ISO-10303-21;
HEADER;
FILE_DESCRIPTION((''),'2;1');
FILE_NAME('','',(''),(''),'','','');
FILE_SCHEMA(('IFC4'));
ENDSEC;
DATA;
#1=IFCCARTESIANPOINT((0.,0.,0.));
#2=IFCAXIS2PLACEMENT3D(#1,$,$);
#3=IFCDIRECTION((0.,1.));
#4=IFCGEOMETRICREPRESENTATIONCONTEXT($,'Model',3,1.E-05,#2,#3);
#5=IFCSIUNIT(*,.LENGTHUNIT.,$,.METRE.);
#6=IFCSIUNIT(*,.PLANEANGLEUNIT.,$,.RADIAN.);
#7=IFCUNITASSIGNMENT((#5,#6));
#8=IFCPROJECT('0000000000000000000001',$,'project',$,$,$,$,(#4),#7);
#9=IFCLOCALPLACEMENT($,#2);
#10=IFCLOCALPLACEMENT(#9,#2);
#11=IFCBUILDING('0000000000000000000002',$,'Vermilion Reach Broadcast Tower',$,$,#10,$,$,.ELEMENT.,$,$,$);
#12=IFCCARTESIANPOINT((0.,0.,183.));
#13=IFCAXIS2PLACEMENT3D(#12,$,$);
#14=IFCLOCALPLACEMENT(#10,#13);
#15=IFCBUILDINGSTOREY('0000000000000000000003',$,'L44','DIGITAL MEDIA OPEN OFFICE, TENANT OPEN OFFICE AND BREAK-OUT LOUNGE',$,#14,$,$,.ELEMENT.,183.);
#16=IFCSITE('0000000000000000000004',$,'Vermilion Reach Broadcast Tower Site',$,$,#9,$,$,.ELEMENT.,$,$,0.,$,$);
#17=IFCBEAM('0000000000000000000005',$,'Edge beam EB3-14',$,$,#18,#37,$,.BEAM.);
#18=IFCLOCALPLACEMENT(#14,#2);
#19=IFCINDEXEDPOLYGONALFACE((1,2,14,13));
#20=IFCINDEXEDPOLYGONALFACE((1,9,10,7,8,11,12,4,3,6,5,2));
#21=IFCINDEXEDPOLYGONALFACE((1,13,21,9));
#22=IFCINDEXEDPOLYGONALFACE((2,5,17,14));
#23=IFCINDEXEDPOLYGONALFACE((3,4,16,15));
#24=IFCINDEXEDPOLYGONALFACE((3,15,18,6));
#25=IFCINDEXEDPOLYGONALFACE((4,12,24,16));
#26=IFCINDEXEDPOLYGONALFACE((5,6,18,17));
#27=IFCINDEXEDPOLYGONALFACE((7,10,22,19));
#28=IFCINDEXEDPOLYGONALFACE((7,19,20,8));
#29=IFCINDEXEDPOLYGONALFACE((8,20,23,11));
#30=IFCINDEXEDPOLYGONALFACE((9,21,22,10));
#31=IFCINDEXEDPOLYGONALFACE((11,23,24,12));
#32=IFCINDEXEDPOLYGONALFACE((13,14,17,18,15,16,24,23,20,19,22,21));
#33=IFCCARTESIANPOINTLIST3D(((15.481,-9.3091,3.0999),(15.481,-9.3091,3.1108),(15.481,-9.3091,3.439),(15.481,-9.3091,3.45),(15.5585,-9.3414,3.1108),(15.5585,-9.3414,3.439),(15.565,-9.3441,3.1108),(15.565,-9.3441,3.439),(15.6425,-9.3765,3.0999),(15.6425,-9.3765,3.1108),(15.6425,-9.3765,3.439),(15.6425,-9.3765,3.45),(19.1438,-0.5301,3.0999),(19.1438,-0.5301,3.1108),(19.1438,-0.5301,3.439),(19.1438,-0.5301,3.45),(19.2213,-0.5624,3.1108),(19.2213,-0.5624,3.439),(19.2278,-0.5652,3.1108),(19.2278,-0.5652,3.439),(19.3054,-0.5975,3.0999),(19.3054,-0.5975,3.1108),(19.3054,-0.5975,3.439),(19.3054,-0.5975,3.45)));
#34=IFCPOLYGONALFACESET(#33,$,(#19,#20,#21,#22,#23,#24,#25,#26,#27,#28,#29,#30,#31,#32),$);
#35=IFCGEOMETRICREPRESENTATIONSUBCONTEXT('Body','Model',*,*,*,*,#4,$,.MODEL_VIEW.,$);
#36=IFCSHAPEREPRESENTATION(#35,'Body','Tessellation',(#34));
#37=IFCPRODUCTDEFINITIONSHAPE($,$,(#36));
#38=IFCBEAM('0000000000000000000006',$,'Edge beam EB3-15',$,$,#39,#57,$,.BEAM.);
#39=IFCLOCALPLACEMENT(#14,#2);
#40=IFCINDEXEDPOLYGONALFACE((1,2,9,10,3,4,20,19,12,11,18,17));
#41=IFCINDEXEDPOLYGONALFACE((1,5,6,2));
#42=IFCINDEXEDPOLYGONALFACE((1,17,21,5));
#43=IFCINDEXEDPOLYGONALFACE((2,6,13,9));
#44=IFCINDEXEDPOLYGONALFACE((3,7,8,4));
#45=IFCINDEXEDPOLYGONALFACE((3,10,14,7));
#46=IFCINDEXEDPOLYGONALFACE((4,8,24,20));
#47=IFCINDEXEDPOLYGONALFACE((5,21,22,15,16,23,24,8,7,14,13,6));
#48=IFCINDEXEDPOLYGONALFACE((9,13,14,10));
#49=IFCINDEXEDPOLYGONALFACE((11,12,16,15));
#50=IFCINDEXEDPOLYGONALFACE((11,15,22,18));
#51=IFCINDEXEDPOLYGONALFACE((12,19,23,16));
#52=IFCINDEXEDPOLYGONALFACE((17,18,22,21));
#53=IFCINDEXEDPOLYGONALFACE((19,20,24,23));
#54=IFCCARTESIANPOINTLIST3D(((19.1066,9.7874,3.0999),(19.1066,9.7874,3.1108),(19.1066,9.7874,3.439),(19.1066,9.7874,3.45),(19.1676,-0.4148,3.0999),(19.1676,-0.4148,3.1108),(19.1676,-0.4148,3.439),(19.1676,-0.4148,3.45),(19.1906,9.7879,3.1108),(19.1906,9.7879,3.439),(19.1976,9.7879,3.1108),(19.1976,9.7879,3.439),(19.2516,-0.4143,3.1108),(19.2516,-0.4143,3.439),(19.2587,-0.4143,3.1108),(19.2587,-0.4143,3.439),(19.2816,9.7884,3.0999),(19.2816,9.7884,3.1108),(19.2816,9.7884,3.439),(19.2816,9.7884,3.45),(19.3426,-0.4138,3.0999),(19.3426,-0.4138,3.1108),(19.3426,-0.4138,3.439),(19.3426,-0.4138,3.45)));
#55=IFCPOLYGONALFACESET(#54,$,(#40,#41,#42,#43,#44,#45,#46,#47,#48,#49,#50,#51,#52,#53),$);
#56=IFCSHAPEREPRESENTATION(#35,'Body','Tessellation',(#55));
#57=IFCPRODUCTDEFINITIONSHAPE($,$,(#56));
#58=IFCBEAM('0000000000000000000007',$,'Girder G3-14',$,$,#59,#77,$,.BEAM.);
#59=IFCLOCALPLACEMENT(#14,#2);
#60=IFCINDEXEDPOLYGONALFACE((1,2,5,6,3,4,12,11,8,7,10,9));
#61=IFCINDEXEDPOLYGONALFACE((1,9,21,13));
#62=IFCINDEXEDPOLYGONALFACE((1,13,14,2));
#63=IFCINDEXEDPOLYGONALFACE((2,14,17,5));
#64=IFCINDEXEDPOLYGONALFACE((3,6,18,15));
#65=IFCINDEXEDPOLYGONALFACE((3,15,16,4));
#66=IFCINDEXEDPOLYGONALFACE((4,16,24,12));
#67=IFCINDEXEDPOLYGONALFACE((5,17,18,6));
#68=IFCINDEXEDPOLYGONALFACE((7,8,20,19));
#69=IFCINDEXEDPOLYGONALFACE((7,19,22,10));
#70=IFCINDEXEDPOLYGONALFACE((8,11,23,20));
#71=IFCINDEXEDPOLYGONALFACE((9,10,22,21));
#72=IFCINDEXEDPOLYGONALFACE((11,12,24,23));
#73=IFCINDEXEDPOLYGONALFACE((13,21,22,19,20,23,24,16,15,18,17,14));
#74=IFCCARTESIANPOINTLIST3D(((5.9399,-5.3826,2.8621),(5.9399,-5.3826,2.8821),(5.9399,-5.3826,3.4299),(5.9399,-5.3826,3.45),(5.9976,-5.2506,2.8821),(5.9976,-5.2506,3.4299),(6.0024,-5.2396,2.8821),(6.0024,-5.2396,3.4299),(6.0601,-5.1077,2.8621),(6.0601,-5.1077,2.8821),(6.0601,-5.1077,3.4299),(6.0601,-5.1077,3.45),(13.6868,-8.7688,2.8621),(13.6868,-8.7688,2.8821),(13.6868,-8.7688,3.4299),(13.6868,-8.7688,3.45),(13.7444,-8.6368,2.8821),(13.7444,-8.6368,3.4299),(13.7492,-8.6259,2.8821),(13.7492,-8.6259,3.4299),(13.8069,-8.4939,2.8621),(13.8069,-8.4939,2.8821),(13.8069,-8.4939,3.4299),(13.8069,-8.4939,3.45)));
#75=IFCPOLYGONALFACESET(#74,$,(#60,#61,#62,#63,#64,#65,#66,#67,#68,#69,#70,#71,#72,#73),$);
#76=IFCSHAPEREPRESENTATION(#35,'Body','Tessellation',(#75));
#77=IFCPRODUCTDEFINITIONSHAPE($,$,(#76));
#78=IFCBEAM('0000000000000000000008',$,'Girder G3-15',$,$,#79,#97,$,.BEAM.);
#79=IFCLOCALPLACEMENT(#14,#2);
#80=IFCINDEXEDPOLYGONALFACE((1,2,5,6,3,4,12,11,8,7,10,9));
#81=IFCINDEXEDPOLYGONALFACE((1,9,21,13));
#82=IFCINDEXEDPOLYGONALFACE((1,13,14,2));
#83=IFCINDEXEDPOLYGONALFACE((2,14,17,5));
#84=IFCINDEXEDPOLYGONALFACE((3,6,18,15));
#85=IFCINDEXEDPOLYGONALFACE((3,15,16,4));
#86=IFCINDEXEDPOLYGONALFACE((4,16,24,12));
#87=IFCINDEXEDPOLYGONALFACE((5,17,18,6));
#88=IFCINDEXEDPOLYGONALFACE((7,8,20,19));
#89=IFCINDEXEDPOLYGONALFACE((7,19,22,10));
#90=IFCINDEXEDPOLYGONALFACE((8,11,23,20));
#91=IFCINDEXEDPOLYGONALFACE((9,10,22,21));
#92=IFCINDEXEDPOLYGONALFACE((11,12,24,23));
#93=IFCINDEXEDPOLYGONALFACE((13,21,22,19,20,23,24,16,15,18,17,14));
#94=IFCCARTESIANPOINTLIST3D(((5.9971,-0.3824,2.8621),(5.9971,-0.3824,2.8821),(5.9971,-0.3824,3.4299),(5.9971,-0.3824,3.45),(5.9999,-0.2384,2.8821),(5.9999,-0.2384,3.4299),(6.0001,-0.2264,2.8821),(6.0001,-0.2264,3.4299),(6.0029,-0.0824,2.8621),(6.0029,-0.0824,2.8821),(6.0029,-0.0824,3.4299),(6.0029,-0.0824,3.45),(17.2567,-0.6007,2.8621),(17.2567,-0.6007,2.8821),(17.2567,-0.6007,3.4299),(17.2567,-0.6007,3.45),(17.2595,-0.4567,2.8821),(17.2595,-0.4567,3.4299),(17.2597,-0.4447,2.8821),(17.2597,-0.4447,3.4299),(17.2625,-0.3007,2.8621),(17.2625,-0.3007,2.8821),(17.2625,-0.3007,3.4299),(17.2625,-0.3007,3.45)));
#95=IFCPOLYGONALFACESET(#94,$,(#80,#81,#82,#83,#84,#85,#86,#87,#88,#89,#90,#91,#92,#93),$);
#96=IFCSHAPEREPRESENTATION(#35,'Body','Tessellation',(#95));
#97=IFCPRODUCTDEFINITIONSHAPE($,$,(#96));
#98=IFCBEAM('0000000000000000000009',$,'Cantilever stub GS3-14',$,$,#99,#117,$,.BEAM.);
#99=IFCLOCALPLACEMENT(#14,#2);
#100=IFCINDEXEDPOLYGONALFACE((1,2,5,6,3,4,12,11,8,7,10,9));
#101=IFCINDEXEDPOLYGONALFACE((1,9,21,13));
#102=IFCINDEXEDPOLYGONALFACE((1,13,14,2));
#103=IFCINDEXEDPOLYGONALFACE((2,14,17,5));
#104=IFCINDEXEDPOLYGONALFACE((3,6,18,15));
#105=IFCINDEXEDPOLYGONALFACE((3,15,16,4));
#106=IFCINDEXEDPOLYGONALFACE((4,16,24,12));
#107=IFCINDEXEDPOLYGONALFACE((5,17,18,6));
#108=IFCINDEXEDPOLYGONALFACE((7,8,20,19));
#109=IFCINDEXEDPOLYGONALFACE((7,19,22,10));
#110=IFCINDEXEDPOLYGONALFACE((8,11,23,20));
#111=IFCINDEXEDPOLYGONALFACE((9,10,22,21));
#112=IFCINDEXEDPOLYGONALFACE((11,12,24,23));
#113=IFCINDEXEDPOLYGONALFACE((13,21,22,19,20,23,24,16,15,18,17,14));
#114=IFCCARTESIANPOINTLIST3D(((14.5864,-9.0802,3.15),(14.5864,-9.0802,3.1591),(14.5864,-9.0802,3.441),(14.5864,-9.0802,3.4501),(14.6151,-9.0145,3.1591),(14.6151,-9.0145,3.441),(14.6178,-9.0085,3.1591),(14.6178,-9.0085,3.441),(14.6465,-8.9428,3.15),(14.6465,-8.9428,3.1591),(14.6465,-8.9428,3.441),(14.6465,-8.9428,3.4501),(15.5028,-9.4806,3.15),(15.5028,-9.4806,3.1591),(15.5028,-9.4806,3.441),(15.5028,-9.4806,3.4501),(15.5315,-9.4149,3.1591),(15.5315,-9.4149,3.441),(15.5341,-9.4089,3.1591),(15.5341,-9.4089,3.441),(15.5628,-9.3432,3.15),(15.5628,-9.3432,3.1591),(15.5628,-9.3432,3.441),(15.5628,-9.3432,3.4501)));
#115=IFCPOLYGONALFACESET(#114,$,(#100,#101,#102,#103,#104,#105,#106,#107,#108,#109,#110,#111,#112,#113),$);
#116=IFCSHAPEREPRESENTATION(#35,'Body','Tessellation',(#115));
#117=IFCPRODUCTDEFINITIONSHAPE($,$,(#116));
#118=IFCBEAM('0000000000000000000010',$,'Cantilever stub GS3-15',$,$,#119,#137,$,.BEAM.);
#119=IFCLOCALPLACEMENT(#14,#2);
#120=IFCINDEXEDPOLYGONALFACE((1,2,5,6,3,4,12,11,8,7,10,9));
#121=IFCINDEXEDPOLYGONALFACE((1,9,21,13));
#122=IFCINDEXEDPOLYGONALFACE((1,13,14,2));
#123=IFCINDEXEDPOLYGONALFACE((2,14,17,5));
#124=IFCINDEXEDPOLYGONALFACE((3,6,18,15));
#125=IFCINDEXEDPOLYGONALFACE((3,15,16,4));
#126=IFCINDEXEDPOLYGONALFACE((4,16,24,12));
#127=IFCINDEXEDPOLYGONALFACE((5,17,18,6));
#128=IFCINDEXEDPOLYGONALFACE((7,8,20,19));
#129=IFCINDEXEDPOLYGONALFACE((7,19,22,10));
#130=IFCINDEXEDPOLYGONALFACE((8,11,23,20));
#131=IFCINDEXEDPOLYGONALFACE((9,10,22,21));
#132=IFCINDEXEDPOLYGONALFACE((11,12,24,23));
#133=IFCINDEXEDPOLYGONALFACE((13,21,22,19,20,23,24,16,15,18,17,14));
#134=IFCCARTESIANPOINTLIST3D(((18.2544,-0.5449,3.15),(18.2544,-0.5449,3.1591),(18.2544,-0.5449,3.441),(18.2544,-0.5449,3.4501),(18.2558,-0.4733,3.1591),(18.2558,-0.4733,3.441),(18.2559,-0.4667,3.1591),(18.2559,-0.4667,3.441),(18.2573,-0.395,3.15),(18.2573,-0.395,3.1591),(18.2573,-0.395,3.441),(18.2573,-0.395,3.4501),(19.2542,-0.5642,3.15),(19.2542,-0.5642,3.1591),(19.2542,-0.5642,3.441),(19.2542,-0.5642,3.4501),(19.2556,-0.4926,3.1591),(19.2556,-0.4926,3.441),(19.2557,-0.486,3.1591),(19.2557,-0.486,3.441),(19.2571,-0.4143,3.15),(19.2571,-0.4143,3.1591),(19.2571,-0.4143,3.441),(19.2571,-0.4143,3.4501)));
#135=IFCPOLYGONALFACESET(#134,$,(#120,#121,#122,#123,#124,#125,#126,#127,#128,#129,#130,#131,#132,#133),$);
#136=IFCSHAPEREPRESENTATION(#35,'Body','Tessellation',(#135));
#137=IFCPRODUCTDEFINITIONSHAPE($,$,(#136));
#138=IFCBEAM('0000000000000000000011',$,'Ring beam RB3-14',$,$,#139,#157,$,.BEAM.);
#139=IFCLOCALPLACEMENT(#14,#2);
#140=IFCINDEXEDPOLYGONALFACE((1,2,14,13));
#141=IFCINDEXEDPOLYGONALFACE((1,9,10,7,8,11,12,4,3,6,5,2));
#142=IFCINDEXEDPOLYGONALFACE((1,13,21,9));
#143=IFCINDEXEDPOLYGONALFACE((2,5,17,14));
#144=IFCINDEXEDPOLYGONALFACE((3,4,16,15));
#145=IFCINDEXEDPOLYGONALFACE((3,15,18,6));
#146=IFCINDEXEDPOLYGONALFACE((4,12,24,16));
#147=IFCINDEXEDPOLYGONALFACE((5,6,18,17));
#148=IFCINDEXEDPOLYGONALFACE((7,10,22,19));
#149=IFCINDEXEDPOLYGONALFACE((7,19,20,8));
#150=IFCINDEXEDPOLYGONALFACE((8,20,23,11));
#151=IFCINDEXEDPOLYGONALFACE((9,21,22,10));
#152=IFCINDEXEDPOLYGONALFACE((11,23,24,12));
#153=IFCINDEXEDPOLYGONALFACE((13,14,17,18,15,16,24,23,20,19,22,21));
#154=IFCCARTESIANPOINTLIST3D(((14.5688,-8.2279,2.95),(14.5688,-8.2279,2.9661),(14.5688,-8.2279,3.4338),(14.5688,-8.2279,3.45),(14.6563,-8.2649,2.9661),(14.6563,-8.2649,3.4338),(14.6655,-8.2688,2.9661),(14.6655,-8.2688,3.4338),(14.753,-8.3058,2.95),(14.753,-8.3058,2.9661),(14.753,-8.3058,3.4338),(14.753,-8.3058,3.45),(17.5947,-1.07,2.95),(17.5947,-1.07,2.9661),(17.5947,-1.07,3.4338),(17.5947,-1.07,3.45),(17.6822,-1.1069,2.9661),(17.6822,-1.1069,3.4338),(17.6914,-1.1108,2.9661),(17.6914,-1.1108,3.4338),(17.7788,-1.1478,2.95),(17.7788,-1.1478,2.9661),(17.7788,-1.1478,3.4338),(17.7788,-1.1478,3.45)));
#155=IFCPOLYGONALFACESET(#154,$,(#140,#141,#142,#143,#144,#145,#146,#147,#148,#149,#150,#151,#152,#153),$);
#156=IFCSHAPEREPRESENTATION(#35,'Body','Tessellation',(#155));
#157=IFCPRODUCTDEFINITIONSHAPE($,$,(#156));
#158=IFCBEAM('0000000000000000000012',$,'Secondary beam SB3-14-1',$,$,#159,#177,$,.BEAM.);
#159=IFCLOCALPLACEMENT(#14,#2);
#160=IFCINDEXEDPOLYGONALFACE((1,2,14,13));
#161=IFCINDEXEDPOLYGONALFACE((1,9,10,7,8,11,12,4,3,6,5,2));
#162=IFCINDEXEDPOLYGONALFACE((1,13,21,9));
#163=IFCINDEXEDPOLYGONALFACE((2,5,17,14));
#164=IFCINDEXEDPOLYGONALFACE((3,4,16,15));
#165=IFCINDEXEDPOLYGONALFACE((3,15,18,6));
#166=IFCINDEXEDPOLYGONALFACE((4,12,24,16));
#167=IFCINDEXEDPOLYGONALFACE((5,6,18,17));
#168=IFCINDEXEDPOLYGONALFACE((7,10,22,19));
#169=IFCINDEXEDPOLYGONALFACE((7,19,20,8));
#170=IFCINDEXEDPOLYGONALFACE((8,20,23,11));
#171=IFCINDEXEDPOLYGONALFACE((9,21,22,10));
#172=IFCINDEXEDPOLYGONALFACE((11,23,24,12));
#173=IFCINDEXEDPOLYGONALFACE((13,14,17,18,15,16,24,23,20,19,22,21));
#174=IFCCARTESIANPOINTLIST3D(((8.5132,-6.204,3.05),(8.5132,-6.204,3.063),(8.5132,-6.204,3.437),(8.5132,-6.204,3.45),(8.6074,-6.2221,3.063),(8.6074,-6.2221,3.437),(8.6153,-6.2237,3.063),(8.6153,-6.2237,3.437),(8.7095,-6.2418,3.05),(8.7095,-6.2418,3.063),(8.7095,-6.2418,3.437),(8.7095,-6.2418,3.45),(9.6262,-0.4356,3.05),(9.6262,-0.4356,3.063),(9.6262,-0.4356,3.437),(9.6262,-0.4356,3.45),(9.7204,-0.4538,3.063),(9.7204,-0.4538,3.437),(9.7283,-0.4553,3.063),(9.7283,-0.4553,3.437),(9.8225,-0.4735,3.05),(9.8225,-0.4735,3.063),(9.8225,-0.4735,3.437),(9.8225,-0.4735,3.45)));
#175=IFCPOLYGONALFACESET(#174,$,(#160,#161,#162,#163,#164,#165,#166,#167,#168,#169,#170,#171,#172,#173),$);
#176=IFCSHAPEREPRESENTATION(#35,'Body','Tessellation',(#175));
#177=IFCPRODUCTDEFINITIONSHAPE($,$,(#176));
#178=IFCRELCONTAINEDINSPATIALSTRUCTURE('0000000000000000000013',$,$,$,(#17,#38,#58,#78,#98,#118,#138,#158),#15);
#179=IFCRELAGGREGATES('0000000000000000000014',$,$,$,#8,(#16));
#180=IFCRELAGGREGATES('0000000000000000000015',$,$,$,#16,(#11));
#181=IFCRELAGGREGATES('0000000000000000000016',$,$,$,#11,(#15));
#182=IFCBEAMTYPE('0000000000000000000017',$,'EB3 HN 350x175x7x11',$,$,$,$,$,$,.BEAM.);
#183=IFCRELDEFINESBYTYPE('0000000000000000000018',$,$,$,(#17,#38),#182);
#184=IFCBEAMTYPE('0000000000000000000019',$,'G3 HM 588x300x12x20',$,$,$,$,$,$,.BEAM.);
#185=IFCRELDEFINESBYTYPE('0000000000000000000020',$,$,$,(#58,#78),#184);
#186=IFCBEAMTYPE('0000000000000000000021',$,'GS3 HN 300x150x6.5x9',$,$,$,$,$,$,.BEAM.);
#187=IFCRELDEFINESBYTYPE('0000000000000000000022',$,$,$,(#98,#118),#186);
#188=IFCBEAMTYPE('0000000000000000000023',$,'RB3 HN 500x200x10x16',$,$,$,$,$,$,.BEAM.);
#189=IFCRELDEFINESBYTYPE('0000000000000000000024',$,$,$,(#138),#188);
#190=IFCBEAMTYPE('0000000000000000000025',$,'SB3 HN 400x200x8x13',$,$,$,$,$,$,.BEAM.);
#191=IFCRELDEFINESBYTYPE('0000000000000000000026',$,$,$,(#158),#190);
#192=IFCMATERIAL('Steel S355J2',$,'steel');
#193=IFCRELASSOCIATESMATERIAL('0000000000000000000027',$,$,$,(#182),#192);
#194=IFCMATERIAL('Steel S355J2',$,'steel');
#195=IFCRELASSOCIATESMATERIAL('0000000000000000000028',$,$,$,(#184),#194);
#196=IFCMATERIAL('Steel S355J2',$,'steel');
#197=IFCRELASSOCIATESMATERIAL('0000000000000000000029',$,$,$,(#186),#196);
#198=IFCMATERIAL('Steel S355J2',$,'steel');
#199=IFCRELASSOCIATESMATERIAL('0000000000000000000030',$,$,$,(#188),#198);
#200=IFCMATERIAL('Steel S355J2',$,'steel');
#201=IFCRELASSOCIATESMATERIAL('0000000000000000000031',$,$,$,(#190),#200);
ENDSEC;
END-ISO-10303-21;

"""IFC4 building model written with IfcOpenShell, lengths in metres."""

from ifc_helpers import new_model, si_unit, direction, frame, origin, origin_2d, place, context, subcontext, project, spatial, i_section, extrude, material, material_profile, profile_set, type_object, element, save


model = new_model("IFC4")

# Units and contexts
model_context = context("Model", 3, precision=1e-05, world=origin(), true_north=direction((0.0, 1.0)))
body_context = subcontext(model_context, "Body", "Model", "MODEL_VIEW")
ifc_project = project(units=[si_unit("LENGTHUNIT", "METRE"), si_unit("PLANEANGLEUNIT", "RADIAN")], contexts=[model_context])

# Site, building, storey
site_placement = place(None, origin())
site = spatial("IfcSite", under=ifc_project, at=site_placement, Name="Vermilion Reach Broadcast Tower Site", CompositionType="ELEMENT", RefElevation=0.0)
building_placement = place(site_placement, origin())
building = spatial("IfcBuilding", under=site, at=building_placement, Name="Vermilion Reach Broadcast Tower", CompositionType="ELEMENT")
storey_placement = place(building_placement, frame((0.0, 0.0, 183.0)))
storey = spatial("IfcBuildingStorey", under=building, at=storey_placement, Name="L44", Description="DIGITAL MEDIA OPEN OFFICE, TENANT OPEN OFFICE AND BREAK-OUT LOUNGE", CompositionType="ELEMENT", Elevation=183.0)

# Beams
ifc_material_1 = material(Name="Steel S355J2", Category="steel")
ifc_material_profile_1 = material_profile(ifc_material_1, i_section(OverallWidth=0.175, OverallDepth=0.3501, WebThickness=0.0071, FlangeThickness=0.011, at=origin_2d()), Name="S355J2 HN 350x175x7x11")
ifc_profile_set_1 = profile_set([ifc_material_profile_1], Name="Steel S355J2")
beam_type_1 = type_object("IfcBeamType", Name="EB3 HN 350x175x7x11", PredefinedType="BEAM", material=ifc_profile_set_1)
beam_1_placement = place(storey_placement, frame((15.5618, -9.3428, 3.2749), z_axis=(0.385055, 0.922894, 0.0), x_axis=(-0.922894, 0.385055, 0.0)))
element("IfcBeam", 1, at=beam_1_placement, inside=storey, type_object=beam_type_1, Name="Edge beam EB3-14", PredefinedType="BEAM", context=body_context, shape_type="SweptSolid", body=[
    extrude(i_section(OverallWidth=0.175, OverallDepth=0.3501, WebThickness=0.0071, FlangeThickness=0.011, at=origin_2d()), origin(), (0.0, 0.0, 1.0), 9.5125),
])
beam_2_placement = place(storey_placement, frame((19.2551, -0.4143, 3.2749), z_axis=(-0.005982, 0.999982, 0.0), x_axis=(-0.999982, -0.005982, 0.0)))
element("IfcBeam", 2, at=beam_2_placement, inside=storey, type_object=beam_type_1, Name="Edge beam EB3-15", PredefinedType="BEAM", context=body_context, shape_type="SweptSolid", body=[
    extrude(i_section(OverallWidth=0.175, OverallDepth=0.3501, WebThickness=0.0071, FlangeThickness=0.011, at=origin_2d()), origin(), (0.0, 0.0, 1.0), 10.2024),
])
ifc_material_2 = material(Name="Steel S355J2", Category="steel")
ifc_material_profile_2 = material_profile(ifc_material_2, i_section(OverallWidth=0.3, OverallDepth=0.5879, WebThickness=0.012, FlangeThickness=0.02, at=origin_2d()), Name="S355J2 HM 588x300x12x20")
ifc_profile_set_2 = profile_set([ifc_material_profile_2], Name="Steel S355J2")
beam_type_2 = type_object("IfcBeamType", Name="G3 HM 588x300x12x20", PredefinedType="BEAM", material=ifc_profile_set_2)
beam_3_placement = place(storey_placement, frame((6.0, -5.2451, 3.156), z_axis=(0.916288, -0.40052, 0.0), x_axis=(0.40052, 0.916288, 0.0)))
element("IfcBeam", 3, at=beam_3_placement, inside=storey, type_object=beam_type_2, Name="Girder G3-14", PredefinedType="BEAM", context=body_context, shape_type="SweptSolid", body=[
    extrude(i_section(OverallWidth=0.3, OverallDepth=0.5879, WebThickness=0.012, FlangeThickness=0.02, at=origin_2d()), origin(), (0.0, 0.0, 1.0), 8.4546),
])
beam_4_placement = place(storey_placement, frame((6.0, -0.2324, 3.156), z_axis=(0.999812, -0.019381, 0.0), x_axis=(0.019381, 0.999812, 0.0)))
element("IfcBeam", 4, at=beam_4_placement, inside=storey, type_object=beam_type_2, Name="Girder G3-15", PredefinedType="BEAM", context=body_context, shape_type="SweptSolid", body=[
    extrude(i_section(OverallWidth=0.3, OverallDepth=0.5879, WebThickness=0.012, FlangeThickness=0.02, at=origin_2d()), origin(), (0.0, 0.0, 1.0), 11.2617),
])
ifc_material_3 = material(Name="Steel S355J2", Category="steel")
ifc_material_profile_3 = material_profile(ifc_material_3, i_section(OverallWidth=0.1499, OverallDepth=0.3, WebThickness=0.0066, FlangeThickness=0.009, at=origin_2d()), Name="S355J2 HN 300x150x6.5x9")
ifc_profile_set_3 = profile_set([ifc_material_profile_3], Name="Steel S355J2")
beam_type_3 = type_object("IfcBeamType", Name="GS3 HN 300x150x6.5x9", PredefinedType="BEAM", material=ifc_profile_set_3)
for number, where, z_axis, x_axis, name in (
    (5, (14.6165, -9.0115, 3.3), (0.916331, -0.400422, 0.0), (0.400422, 0.916331, 0.0), "Cantilever stub GS3-14"),
    (6, (18.2559, -0.47, 3.3), (0.999814, -0.019288, 0.0), (0.019288, 0.999814, 0.0), "Cantilever stub GS3-15"),
):
    element("IfcBeam", number, at=place(storey_placement, frame(where, z_axis=z_axis, x_axis=x_axis)), inside=storey, type_object=beam_type_3, Name=name, PredefinedType="BEAM", context=body_context, shape_type="SweptSolid", body=[
        extrude(i_section(OverallWidth=0.1499, OverallDepth=0.3, WebThickness=0.0066, FlangeThickness=0.009, at=origin_2d()), origin(), (0.0, 0.0, 1.0), 1.0),
    ])
ifc_material_4 = material(Name="Steel S355J2", Category="steel")
ifc_material_profile_4 = material_profile(ifc_material_4, i_section(OverallWidth=0.2, OverallDepth=0.5, WebThickness=0.01, FlangeThickness=0.0161, at=origin_2d()), Name="S355J2 HN 500x200x10x16")
ifc_profile_set_4 = profile_set([ifc_material_profile_4], Name="Steel S355J2")
beam_type_4 = type_object("IfcBeamType", Name="RB3 HN 500x200x10x16", PredefinedType="BEAM", material=ifc_profile_set_4)
beam_5_placement = place(storey_placement, frame((14.6609, -8.2668, 3.2), z_axis=(0.389368, 0.921082, 0.0), x_axis=(-0.921082, 0.389368, 0.0)))
element("IfcBeam", 7, at=beam_5_placement, inside=storey, type_object=beam_type_4, Name="Ring beam RB3-14", PredefinedType="BEAM", context=body_context, shape_type="SweptSolid", body=[
    extrude(i_section(OverallWidth=0.2, OverallDepth=0.5, WebThickness=0.01, FlangeThickness=0.0161, at=origin_2d()), origin(), (0.0, 0.0, 1.0), 7.7712),
])
ifc_material_5 = material(Name="Steel S355J2", Category="steel")
ifc_material_profile_5 = material_profile(ifc_material_5, i_section(OverallWidth=0.2, OverallDepth=0.3999, WebThickness=0.0081, FlangeThickness=0.0129, at=origin_2d()), Name="S355J2 HN 400x200x8x13")
ifc_profile_set_5 = profile_set([ifc_material_profile_5], Name="Steel S355J2")
beam_type_5 = type_object("IfcBeamType", Name="SB3 HN 400x200x8x13", PredefinedType="BEAM", material=ifc_profile_set_5)
beam_6_placement = place(storey_placement, frame((8.6113, -6.2229, 3.25), z_axis=(0.189462, 0.981888, 0.0), x_axis=(-0.981888, 0.189462, 0.0)))
element("IfcBeam", 8, at=beam_6_placement, inside=storey, type_object=beam_type_5, Name="Secondary beam SB3-14-1", PredefinedType="BEAM", context=body_context, shape_type="SweptSolid", body=[
    extrude(i_section(OverallWidth=0.2, OverallDepth=0.3999, WebThickness=0.0081, FlangeThickness=0.0129, at=origin_2d()), origin(), (0.0, 0.0, 1.0), 5.8748),
])

save(model, "model.ifc")
